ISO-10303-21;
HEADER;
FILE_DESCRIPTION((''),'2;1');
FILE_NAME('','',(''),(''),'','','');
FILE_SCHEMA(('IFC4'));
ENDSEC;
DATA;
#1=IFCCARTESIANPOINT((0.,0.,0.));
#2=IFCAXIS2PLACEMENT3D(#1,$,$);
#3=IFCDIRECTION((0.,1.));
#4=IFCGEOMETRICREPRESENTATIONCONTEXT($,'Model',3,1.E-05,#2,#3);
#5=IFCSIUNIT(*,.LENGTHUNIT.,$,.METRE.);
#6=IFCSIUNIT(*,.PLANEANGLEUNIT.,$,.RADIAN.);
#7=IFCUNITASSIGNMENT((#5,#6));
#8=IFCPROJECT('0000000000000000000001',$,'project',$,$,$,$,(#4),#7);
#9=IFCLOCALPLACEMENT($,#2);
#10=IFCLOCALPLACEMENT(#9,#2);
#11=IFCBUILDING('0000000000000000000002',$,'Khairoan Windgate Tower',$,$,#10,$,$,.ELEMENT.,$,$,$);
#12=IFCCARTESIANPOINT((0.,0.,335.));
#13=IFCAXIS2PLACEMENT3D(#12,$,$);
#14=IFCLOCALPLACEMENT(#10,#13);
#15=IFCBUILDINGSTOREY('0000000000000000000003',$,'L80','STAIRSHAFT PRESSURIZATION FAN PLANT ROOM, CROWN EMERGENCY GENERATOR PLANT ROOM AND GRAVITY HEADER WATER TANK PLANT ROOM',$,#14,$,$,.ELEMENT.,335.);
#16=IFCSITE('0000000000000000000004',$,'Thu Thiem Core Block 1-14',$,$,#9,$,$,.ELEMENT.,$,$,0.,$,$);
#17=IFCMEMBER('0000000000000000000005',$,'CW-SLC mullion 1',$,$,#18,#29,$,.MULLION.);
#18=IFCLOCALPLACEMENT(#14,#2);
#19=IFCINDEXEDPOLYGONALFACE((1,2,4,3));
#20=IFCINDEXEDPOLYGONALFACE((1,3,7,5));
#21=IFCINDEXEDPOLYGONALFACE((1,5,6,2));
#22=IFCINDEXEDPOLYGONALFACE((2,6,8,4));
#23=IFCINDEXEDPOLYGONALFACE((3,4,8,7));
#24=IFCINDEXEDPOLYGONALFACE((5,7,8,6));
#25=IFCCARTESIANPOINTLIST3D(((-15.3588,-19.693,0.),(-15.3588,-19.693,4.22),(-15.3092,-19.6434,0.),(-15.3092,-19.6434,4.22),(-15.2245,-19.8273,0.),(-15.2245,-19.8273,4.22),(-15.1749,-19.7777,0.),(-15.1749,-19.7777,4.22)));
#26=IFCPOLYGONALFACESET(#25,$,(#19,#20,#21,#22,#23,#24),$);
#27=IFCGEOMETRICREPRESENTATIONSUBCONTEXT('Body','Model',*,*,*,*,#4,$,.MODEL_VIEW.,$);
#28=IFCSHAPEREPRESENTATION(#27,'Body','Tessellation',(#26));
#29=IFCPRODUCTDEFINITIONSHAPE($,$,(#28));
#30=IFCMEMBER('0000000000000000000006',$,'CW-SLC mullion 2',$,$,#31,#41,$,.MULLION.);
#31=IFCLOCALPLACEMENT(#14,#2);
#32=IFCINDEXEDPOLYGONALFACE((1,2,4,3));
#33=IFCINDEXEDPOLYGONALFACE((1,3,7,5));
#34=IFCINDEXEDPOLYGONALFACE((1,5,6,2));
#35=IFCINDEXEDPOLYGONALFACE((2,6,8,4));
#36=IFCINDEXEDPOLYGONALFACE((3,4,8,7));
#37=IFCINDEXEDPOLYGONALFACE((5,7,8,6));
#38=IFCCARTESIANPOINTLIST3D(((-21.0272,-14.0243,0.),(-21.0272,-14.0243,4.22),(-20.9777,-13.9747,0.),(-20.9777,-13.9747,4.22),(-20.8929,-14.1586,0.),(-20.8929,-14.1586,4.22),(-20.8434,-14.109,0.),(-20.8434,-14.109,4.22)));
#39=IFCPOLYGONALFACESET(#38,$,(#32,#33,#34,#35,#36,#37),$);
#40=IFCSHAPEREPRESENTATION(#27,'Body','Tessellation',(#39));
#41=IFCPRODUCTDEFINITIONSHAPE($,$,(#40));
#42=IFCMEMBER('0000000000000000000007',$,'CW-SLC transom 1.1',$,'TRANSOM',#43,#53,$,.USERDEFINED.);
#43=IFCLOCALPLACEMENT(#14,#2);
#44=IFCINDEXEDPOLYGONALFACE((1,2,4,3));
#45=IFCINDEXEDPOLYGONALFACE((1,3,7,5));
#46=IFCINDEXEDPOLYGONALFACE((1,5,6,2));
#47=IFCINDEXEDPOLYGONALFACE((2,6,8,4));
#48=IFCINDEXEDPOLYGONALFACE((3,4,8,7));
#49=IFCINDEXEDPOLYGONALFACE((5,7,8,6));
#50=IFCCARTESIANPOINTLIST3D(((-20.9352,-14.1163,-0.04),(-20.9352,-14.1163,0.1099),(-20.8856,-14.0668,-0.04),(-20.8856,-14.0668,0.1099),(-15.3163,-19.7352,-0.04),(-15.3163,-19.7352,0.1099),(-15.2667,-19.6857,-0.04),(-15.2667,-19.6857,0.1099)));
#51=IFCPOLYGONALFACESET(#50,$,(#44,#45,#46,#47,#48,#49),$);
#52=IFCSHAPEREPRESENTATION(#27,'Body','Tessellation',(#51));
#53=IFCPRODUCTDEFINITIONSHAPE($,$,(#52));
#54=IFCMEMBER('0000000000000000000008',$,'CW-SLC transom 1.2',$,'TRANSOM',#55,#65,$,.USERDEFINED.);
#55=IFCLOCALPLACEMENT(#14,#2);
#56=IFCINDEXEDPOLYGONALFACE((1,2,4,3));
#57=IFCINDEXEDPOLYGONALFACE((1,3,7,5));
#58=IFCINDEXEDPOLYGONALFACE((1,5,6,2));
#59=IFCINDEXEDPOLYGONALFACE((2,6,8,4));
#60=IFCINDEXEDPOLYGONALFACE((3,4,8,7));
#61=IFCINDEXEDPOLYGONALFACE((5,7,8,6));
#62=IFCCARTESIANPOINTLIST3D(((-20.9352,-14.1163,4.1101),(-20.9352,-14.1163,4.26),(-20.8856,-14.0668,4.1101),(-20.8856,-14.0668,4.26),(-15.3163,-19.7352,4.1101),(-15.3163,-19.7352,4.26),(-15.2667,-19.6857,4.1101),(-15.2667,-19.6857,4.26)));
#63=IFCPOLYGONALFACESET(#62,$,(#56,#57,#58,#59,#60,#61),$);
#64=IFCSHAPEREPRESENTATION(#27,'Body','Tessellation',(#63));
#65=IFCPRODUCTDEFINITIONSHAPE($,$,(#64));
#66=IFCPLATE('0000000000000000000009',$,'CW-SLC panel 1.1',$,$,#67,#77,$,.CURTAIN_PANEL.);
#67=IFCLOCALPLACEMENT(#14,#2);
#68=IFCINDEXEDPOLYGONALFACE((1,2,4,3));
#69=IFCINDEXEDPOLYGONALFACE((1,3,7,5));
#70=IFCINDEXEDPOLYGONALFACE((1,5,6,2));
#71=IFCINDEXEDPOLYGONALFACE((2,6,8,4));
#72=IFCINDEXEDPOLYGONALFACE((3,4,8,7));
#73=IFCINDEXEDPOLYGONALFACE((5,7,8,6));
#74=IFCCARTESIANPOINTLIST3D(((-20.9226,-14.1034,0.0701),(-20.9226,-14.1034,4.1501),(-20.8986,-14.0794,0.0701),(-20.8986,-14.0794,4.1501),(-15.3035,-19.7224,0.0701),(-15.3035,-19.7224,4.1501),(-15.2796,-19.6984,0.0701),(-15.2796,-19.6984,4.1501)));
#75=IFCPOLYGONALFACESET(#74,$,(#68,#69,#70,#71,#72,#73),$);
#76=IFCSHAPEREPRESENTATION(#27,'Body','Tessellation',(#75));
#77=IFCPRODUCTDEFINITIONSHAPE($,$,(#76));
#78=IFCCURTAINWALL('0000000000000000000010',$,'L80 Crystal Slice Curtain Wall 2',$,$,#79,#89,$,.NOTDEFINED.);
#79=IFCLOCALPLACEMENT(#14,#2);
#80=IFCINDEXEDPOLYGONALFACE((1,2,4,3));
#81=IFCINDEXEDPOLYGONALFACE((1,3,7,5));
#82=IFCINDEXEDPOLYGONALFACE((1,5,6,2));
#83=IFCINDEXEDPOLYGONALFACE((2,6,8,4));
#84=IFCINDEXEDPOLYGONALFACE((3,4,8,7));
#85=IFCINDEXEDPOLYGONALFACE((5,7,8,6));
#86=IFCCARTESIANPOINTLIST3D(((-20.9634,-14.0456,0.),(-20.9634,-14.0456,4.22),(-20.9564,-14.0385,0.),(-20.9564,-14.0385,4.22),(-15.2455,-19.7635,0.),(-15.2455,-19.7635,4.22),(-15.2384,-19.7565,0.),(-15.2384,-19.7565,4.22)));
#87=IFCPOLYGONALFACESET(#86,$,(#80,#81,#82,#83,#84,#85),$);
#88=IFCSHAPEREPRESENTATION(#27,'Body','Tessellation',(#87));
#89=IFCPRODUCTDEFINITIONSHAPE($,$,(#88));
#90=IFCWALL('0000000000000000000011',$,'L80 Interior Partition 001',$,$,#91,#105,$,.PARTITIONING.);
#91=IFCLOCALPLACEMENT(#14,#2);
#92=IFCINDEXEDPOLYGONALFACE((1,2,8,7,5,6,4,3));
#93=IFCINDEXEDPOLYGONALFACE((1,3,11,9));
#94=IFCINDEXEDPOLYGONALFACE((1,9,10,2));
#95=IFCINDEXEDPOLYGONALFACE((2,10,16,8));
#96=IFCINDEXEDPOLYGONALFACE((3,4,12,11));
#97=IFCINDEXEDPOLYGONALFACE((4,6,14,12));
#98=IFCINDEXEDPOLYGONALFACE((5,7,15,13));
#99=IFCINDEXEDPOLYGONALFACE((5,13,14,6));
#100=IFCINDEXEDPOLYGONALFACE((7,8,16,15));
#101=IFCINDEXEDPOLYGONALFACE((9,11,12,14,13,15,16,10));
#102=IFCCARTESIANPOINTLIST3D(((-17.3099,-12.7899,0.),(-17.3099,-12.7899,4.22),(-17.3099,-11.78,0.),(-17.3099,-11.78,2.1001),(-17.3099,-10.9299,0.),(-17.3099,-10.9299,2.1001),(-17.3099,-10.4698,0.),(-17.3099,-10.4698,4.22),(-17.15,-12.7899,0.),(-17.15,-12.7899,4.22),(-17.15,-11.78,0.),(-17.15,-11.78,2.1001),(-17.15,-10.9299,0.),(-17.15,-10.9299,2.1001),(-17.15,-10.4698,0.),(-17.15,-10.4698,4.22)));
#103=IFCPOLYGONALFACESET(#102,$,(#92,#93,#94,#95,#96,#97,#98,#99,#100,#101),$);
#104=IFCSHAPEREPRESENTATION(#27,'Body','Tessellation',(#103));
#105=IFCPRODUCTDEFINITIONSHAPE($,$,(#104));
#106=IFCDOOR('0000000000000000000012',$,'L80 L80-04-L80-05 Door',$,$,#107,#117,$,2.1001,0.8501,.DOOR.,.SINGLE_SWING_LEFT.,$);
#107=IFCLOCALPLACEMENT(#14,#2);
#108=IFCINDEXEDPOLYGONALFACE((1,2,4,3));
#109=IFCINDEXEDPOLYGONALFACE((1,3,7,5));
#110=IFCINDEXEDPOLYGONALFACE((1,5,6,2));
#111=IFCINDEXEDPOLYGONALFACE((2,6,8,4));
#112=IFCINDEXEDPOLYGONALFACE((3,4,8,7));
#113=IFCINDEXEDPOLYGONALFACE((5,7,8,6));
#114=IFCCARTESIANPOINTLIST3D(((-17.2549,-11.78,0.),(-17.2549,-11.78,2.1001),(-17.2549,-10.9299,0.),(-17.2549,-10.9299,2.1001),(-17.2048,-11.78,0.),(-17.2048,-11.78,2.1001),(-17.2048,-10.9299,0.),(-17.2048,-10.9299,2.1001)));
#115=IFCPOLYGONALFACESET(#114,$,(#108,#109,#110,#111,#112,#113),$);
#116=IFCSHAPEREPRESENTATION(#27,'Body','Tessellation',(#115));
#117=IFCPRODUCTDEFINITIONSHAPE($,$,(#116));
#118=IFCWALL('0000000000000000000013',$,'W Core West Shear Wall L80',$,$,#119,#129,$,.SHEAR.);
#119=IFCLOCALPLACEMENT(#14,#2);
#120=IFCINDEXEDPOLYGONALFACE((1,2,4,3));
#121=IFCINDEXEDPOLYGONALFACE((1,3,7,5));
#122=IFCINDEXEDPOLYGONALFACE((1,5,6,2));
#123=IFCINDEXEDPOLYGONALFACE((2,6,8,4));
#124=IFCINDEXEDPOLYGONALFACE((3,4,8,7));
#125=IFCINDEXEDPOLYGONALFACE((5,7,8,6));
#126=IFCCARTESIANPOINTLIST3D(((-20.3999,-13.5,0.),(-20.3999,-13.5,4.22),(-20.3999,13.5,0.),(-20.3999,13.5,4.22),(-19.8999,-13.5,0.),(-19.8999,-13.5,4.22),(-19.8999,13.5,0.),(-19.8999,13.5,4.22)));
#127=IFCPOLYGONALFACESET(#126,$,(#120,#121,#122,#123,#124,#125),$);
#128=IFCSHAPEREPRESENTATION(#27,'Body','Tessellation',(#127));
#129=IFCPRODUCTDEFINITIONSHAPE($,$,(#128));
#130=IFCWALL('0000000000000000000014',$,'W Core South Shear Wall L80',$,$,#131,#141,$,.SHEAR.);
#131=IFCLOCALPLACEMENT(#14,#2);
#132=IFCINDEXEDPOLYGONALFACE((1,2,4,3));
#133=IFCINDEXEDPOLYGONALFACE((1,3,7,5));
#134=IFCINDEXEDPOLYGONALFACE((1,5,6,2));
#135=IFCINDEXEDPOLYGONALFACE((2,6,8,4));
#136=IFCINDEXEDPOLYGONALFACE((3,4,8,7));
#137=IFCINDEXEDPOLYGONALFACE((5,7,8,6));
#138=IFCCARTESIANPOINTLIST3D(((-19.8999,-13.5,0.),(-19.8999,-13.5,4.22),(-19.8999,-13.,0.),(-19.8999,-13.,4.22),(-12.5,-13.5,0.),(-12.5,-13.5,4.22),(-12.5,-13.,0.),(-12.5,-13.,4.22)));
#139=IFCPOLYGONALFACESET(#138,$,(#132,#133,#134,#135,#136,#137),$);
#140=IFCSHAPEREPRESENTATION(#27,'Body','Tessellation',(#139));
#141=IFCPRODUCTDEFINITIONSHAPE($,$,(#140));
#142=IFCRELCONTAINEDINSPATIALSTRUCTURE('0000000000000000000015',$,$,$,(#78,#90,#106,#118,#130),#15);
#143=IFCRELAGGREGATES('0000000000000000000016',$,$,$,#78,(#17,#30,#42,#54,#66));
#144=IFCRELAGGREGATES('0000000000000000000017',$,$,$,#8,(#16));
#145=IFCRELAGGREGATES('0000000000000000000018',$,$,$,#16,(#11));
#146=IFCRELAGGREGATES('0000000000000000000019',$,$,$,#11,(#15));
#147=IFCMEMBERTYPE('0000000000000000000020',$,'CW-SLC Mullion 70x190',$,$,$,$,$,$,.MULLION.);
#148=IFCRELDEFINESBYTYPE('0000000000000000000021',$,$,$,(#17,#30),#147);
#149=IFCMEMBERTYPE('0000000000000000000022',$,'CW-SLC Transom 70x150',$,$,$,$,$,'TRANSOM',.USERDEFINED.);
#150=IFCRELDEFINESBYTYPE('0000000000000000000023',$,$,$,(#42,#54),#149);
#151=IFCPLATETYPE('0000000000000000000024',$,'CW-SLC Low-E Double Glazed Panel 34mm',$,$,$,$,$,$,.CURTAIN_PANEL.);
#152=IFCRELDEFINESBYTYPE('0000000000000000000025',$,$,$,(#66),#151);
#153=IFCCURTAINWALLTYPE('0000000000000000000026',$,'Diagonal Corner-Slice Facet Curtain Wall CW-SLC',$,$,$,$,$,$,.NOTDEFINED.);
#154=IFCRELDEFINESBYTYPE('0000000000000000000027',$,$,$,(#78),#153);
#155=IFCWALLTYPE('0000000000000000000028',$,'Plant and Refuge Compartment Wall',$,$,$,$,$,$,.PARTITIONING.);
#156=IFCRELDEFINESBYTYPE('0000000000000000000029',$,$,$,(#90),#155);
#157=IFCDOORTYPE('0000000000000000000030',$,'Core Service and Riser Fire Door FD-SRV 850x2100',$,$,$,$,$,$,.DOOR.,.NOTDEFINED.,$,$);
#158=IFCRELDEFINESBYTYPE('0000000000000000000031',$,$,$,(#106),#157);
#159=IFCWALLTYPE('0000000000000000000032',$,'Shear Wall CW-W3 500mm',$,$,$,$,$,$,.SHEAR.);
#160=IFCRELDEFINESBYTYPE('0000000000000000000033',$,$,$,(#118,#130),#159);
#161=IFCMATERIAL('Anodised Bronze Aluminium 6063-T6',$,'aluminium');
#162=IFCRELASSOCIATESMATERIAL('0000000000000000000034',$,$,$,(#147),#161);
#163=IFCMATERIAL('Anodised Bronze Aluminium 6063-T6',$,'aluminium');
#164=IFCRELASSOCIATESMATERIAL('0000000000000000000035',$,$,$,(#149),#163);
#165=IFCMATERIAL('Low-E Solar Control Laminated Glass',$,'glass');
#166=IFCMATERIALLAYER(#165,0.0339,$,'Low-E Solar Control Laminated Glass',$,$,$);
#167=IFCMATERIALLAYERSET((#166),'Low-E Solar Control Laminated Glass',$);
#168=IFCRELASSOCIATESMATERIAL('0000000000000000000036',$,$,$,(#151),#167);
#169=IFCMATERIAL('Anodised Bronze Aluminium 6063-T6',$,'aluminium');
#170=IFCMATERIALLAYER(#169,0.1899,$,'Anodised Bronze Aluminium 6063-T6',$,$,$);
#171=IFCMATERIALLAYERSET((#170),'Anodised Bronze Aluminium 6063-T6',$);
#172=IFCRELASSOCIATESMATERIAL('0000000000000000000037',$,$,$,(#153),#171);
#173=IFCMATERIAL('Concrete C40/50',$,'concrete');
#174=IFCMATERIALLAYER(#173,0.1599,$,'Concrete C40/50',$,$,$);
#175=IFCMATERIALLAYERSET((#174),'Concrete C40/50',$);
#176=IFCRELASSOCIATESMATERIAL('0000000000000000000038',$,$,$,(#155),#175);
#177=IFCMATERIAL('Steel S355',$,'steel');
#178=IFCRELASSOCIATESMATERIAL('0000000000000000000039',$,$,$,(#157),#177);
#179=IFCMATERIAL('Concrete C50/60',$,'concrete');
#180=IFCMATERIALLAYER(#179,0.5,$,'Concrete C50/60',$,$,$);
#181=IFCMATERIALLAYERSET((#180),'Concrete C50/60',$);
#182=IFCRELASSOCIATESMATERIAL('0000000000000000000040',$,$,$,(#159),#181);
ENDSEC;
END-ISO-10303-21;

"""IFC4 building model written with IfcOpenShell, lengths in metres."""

from ifc_helpers import new_model, si_unit, direction, frame, frame_2d, origin, origin_2d, place, context, subcontext, project, spatial, rectangle, extrude, material, layer, layer_set, material_profile, profile_set, type_object, element, fill, aggregate, save


model = new_model("IFC4")

# Units and contexts
model_context = context("Model", 3, precision=1e-05, world=origin(), true_north=direction((0.0, 1.0)))
body_context = subcontext(model_context, "Body", "Model", "MODEL_VIEW")
ifc_project = project(units=[si_unit("LENGTHUNIT", "METRE"), si_unit("PLANEANGLEUNIT", "RADIAN")], contexts=[model_context])

# Site, building, storey
site_placement = place(None, origin())
site = spatial("IfcSite", under=ifc_project, at=site_placement, Name="Thu Thiem Core Block 1-14", CompositionType="ELEMENT", RefElevation=0.0)
building_placement = place(site_placement, origin())
building = spatial("IfcBuilding", under=site, at=building_placement, Name="Khairoan Windgate Tower", CompositionType="ELEMENT")
storey_placement = place(building_placement, frame((0.0, 0.0, 335.0)))
storey = spatial("IfcBuildingStorey", under=building, at=storey_placement, Name="L80", Description="STAIRSHAFT PRESSURIZATION FAN PLANT ROOM, CROWN EMERGENCY GENERATOR PLANT ROOM AND GRAVITY HEADER WATER TANK PLANT ROOM", CompositionType="ELEMENT", Elevation=335.0)

# Members
ifc_material_1 = material(Name="Anodised Bronze Aluminium 6063-T6", Category="aluminium")
ifc_material_profile_1 = material_profile(ifc_material_1, rectangle(XDim=0.0701, YDim=0.1899, at=origin_2d()))
ifc_profile_set_1 = profile_set([ifc_material_profile_1], Name="Anodised Bronze Aluminium 6063-T6")
member_type_1 = type_object("IfcMemberType", Name="CW-SLC Mullion 70x190", PredefinedType="MULLION", material=ifc_profile_set_1)
member_1_placement = place(storey_placement, frame((-15.2668, -19.7354, 0.0), z_axis=(0.0, 0.0, 1.0), x_axis=(-0.707107, -0.707107, 0.0)))
member_1 = element("IfcMember", 1, at=member_1_placement, type_object=member_type_1, Name="CW-SLC mullion 1", PredefinedType="MULLION", context=body_context, shape_type="SweptSolid", body=[
    extrude(rectangle(XDim=0.0701, YDim=0.1899, at=origin_2d()), origin(), (0.0, 0.0, 1.0), 4.22),
])
member_2_placement = place(storey_placement, frame((-20.9353, -14.0667, 0.0), z_axis=(0.0, 0.0, 1.0), x_axis=(-0.707107, -0.707107, 0.0)))
member_2 = element("IfcMember", 2, at=member_2_placement, type_object=member_type_1, Name="CW-SLC mullion 2", PredefinedType="MULLION", context=body_context, shape_type="SweptSolid", body=[
    extrude(rectangle(XDim=0.0701, YDim=0.1899, at=origin_2d()), origin(), (0.0, 0.0, 1.0), 4.22),
])
ifc_material_2 = material(Name="Anodised Bronze Aluminium 6063-T6", Category="aluminium")
ifc_material_profile_2 = material_profile(ifc_material_2, rectangle(XDim=0.0701, YDim=0.1499, at=origin_2d()))
ifc_profile_set_2 = profile_set([ifc_material_profile_2], Name="Anodised Bronze Aluminium 6063-T6")
member_type_2 = type_object("IfcMemberType", Name="CW-SLC Transom 70x150", ElementType="TRANSOM", PredefinedType="USERDEFINED", material=ifc_profile_set_2)
member_3_placement = place(storey_placement, frame((-15.2915, -19.7104, 0.0349), z_axis=(-0.707107, 0.707107, 0.0), x_axis=(-0.707107, -0.707107, 0.0)))
member_3 = element("IfcMember", 3, at=member_3_placement, type_object=member_type_2, Name="CW-SLC transom 1.1", ObjectType="TRANSOM", PredefinedType="USERDEFINED", context=body_context, shape_type="SweptSolid", body=[
    extrude(rectangle(XDim=0.0701, YDim=0.1499, at=origin_2d()), origin(), (0.0, 0.0, 1.0), 7.9463),
])
member_4_placement = place(storey_placement, frame((-15.2915, -19.7104, 4.1851), z_axis=(-0.707107, 0.707107, 0.0), x_axis=(-0.707107, -0.707107, 0.0)))
member_4 = element("IfcMember", 4, at=member_4_placement, type_object=member_type_2, Name="CW-SLC transom 1.2", ObjectType="TRANSOM", PredefinedType="USERDEFINED", context=body_context, shape_type="SweptSolid", body=[
    extrude(rectangle(XDim=0.0701, YDim=0.1499, at=origin_2d()), origin(), (0.0, 0.0, 1.0), 7.9463),
])

# Plate
ifc_material_3 = material(Name="Low-E Solar Control Laminated Glass", Category="glass")
ifc_layer_1 = layer(ifc_material_3, 0.0339, Name="Low-E Solar Control Laminated Glass")
ifc_layer_set_1 = layer_set([ifc_layer_1], Name="Low-E Solar Control Laminated Glass")
plate_type_1 = type_object("IfcPlateType", Name="CW-SLC Low-E Double Glazed Panel 34mm", PredefinedType="CURTAIN_PANEL", material=ifc_layer_set_1)
plate_1_placement = place(storey_placement, frame((-18.1011, -16.9009, 0.0701), z_axis=(0.0, 0.0, 1.0), x_axis=(-0.707107, 0.707107, 0.0)))
plate_1 = element("IfcPlate", 5, at=plate_1_placement, type_object=plate_type_1, Name="CW-SLC panel 1.1", PredefinedType="CURTAIN_PANEL", context=body_context, shape_type="SweptSolid", body=[
    extrude(rectangle(XDim=7.9465, YDim=0.0339, at=origin_2d()), origin(), (0.0, 0.0, 1.0), 4.0801),
])

# Curtain wall
ifc_material_4 = material(Name="Anodised Bronze Aluminium 6063-T6", Category="aluminium")
ifc_layer_2 = layer(ifc_material_4, 0.1899, Name="Anodised Bronze Aluminium 6063-T6")
ifc_layer_set_2 = layer_set([ifc_layer_2], Name="Anodised Bronze Aluminium 6063-T6")
curtain_wall_type_1 = type_object("IfcCurtainWallType", Name="Diagonal Corner-Slice Facet Curtain Wall CW-SLC", PredefinedType="NOTDEFINED", material=ifc_layer_set_2)
curtain_wall_1_placement = place(storey_placement, frame((-15.2419, -19.76, 0.0), z_axis=(0.0, 0.0, 1.0), x_axis=(-0.707107, 0.707107, 0.0)))
curtain_wall_1 = element("IfcCurtainWall", 6, at=curtain_wall_1_placement, inside=storey, type_object=curtain_wall_type_1, Name="L80 Crystal Slice Curtain Wall 2", PredefinedType="NOTDEFINED", context=body_context, shape_type="SweptSolid", body=[
    extrude(rectangle(XDim=8.0864, YDim=0.01, at=frame_2d((4.0432, 0.0))), origin(), (0.0, 0.0, 1.0), 4.22),
])
aggregate(curtain_wall_1, [member_1, member_2, member_3, member_4, plate_1])

# Wall, opening, door
ifc_material_5 = material(Name="Concrete C40/50", Category="concrete")
ifc_layer_3 = layer(ifc_material_5, 0.1599, Name="Concrete C40/50")
ifc_layer_set_3 = layer_set([ifc_layer_3], Name="Concrete C40/50")
wall_type_1 = type_object("IfcWallType", Name="Plant and Refuge Compartment Wall", PredefinedType="PARTITIONING", material=ifc_layer_set_3)
wall_1_placement = place(storey_placement, frame((-17.23, -12.79, 0.0), z_axis=(0.0, 0.0, 1.0), x_axis=(0.0, 1.0, 0.0)))
wall_1 = element("IfcWall", 7, at=wall_1_placement, inside=storey, type_object=wall_type_1, Name="L80 Interior Partition 001", PredefinedType="PARTITIONING", context=body_context, shape_type="SweptSolid", body=[
    extrude(rectangle(XDim=2.3201, YDim=0.1599, at=frame_2d((1.1602, 0.0))), origin(), (0.0, 0.0, 1.0), 4.22),
])
opening_1_placement = place(wall_1_placement, frame((1.01, 0.0, 0.0)))
opening_1 = element("IfcOpeningElement", 8, at=opening_1_placement, cuts=wall_1, PredefinedType="OPENING", context=body_context, shape_type="SweptSolid", body=[
    extrude(rectangle(XDim=0.8501, YDim=2.1001, at=frame_2d((0.425, 1.05))), frame((0.0, 0.0898, 0.0), z_axis=(0.0, -1.0, 0.0), x_axis=(1.0, 0.0, 0.0)), (0.0, 0.0, 1.0), 0.1799),
])
ifc_material_6 = material(Name="Steel S355", Category="steel")
door_type_1 = type_object("IfcDoorType", Name="Core Service and Riser Fire Door FD-SRV 850x2100", OperationType="NOTDEFINED", PredefinedType="DOOR", material=ifc_material_6)
door_1_placement = place(opening_1_placement, origin())
door_1 = element("IfcDoor", 9, at=door_1_placement, inside=storey, type_object=door_type_1, Name="L80 L80-04-L80-05 Door", OperationType="SINGLE_SWING_LEFT", OverallHeight=2.1001, OverallWidth=0.8501, PredefinedType="DOOR", context=body_context, shape_type="SweptSolid", body=[
    extrude(rectangle(XDim=0.8501, YDim=2.1001, at=frame_2d((0.425, 1.05))), frame((0.0, 0.0249, 0.0), z_axis=(0.0, -1.0, 0.0), x_axis=(1.0, 0.0, 0.0)), (0.0, 0.0, 1.0), 0.05),
])
fill(opening_1, door_1)

# Walls
ifc_material_7 = material(Name="Concrete C50/60", Category="concrete")
ifc_layer_4 = layer(ifc_material_7, 0.5, Name="Concrete C50/60")
ifc_layer_set_4 = layer_set([ifc_layer_4], Name="Concrete C50/60")
wall_type_2 = type_object("IfcWallType", Name="Shear Wall CW-W3 500mm", PredefinedType="SHEAR", material=ifc_layer_set_4)
wall_2_placement = place(storey_placement, frame((-20.1499, -13.5, 0.0), z_axis=(0.0, 0.0, 1.0), x_axis=(0.0, 1.0, 0.0)))
element("IfcWall", 10, at=wall_2_placement, inside=storey, type_object=wall_type_2, Name="W Core West Shear Wall L80", PredefinedType="SHEAR", context=body_context, shape_type="SweptSolid", body=[
    extrude(rectangle(XDim=27.0, YDim=0.5, at=frame_2d((13.5, 0.0))), origin(), (0.0, 0.0, 1.0), 4.22),
])
wall_3_placement = place(storey_placement, frame((-19.8999, -13.25, 0.0), z_axis=(0.0, 0.0, 1.0), x_axis=(1.0, 0.0, 0.0)))
element("IfcWall", 11, at=wall_3_placement, inside=storey, type_object=wall_type_2, Name="W Core South Shear Wall L80", PredefinedType="SHEAR", context=body_context, shape_type="SweptSolid", body=[
    extrude(rectangle(XDim=7.3999, YDim=0.5, at=frame_2d((3.7, 0.0))), origin(), (0.0, 0.0, 1.0), 4.22),
])

save(model, "model.ifc")
